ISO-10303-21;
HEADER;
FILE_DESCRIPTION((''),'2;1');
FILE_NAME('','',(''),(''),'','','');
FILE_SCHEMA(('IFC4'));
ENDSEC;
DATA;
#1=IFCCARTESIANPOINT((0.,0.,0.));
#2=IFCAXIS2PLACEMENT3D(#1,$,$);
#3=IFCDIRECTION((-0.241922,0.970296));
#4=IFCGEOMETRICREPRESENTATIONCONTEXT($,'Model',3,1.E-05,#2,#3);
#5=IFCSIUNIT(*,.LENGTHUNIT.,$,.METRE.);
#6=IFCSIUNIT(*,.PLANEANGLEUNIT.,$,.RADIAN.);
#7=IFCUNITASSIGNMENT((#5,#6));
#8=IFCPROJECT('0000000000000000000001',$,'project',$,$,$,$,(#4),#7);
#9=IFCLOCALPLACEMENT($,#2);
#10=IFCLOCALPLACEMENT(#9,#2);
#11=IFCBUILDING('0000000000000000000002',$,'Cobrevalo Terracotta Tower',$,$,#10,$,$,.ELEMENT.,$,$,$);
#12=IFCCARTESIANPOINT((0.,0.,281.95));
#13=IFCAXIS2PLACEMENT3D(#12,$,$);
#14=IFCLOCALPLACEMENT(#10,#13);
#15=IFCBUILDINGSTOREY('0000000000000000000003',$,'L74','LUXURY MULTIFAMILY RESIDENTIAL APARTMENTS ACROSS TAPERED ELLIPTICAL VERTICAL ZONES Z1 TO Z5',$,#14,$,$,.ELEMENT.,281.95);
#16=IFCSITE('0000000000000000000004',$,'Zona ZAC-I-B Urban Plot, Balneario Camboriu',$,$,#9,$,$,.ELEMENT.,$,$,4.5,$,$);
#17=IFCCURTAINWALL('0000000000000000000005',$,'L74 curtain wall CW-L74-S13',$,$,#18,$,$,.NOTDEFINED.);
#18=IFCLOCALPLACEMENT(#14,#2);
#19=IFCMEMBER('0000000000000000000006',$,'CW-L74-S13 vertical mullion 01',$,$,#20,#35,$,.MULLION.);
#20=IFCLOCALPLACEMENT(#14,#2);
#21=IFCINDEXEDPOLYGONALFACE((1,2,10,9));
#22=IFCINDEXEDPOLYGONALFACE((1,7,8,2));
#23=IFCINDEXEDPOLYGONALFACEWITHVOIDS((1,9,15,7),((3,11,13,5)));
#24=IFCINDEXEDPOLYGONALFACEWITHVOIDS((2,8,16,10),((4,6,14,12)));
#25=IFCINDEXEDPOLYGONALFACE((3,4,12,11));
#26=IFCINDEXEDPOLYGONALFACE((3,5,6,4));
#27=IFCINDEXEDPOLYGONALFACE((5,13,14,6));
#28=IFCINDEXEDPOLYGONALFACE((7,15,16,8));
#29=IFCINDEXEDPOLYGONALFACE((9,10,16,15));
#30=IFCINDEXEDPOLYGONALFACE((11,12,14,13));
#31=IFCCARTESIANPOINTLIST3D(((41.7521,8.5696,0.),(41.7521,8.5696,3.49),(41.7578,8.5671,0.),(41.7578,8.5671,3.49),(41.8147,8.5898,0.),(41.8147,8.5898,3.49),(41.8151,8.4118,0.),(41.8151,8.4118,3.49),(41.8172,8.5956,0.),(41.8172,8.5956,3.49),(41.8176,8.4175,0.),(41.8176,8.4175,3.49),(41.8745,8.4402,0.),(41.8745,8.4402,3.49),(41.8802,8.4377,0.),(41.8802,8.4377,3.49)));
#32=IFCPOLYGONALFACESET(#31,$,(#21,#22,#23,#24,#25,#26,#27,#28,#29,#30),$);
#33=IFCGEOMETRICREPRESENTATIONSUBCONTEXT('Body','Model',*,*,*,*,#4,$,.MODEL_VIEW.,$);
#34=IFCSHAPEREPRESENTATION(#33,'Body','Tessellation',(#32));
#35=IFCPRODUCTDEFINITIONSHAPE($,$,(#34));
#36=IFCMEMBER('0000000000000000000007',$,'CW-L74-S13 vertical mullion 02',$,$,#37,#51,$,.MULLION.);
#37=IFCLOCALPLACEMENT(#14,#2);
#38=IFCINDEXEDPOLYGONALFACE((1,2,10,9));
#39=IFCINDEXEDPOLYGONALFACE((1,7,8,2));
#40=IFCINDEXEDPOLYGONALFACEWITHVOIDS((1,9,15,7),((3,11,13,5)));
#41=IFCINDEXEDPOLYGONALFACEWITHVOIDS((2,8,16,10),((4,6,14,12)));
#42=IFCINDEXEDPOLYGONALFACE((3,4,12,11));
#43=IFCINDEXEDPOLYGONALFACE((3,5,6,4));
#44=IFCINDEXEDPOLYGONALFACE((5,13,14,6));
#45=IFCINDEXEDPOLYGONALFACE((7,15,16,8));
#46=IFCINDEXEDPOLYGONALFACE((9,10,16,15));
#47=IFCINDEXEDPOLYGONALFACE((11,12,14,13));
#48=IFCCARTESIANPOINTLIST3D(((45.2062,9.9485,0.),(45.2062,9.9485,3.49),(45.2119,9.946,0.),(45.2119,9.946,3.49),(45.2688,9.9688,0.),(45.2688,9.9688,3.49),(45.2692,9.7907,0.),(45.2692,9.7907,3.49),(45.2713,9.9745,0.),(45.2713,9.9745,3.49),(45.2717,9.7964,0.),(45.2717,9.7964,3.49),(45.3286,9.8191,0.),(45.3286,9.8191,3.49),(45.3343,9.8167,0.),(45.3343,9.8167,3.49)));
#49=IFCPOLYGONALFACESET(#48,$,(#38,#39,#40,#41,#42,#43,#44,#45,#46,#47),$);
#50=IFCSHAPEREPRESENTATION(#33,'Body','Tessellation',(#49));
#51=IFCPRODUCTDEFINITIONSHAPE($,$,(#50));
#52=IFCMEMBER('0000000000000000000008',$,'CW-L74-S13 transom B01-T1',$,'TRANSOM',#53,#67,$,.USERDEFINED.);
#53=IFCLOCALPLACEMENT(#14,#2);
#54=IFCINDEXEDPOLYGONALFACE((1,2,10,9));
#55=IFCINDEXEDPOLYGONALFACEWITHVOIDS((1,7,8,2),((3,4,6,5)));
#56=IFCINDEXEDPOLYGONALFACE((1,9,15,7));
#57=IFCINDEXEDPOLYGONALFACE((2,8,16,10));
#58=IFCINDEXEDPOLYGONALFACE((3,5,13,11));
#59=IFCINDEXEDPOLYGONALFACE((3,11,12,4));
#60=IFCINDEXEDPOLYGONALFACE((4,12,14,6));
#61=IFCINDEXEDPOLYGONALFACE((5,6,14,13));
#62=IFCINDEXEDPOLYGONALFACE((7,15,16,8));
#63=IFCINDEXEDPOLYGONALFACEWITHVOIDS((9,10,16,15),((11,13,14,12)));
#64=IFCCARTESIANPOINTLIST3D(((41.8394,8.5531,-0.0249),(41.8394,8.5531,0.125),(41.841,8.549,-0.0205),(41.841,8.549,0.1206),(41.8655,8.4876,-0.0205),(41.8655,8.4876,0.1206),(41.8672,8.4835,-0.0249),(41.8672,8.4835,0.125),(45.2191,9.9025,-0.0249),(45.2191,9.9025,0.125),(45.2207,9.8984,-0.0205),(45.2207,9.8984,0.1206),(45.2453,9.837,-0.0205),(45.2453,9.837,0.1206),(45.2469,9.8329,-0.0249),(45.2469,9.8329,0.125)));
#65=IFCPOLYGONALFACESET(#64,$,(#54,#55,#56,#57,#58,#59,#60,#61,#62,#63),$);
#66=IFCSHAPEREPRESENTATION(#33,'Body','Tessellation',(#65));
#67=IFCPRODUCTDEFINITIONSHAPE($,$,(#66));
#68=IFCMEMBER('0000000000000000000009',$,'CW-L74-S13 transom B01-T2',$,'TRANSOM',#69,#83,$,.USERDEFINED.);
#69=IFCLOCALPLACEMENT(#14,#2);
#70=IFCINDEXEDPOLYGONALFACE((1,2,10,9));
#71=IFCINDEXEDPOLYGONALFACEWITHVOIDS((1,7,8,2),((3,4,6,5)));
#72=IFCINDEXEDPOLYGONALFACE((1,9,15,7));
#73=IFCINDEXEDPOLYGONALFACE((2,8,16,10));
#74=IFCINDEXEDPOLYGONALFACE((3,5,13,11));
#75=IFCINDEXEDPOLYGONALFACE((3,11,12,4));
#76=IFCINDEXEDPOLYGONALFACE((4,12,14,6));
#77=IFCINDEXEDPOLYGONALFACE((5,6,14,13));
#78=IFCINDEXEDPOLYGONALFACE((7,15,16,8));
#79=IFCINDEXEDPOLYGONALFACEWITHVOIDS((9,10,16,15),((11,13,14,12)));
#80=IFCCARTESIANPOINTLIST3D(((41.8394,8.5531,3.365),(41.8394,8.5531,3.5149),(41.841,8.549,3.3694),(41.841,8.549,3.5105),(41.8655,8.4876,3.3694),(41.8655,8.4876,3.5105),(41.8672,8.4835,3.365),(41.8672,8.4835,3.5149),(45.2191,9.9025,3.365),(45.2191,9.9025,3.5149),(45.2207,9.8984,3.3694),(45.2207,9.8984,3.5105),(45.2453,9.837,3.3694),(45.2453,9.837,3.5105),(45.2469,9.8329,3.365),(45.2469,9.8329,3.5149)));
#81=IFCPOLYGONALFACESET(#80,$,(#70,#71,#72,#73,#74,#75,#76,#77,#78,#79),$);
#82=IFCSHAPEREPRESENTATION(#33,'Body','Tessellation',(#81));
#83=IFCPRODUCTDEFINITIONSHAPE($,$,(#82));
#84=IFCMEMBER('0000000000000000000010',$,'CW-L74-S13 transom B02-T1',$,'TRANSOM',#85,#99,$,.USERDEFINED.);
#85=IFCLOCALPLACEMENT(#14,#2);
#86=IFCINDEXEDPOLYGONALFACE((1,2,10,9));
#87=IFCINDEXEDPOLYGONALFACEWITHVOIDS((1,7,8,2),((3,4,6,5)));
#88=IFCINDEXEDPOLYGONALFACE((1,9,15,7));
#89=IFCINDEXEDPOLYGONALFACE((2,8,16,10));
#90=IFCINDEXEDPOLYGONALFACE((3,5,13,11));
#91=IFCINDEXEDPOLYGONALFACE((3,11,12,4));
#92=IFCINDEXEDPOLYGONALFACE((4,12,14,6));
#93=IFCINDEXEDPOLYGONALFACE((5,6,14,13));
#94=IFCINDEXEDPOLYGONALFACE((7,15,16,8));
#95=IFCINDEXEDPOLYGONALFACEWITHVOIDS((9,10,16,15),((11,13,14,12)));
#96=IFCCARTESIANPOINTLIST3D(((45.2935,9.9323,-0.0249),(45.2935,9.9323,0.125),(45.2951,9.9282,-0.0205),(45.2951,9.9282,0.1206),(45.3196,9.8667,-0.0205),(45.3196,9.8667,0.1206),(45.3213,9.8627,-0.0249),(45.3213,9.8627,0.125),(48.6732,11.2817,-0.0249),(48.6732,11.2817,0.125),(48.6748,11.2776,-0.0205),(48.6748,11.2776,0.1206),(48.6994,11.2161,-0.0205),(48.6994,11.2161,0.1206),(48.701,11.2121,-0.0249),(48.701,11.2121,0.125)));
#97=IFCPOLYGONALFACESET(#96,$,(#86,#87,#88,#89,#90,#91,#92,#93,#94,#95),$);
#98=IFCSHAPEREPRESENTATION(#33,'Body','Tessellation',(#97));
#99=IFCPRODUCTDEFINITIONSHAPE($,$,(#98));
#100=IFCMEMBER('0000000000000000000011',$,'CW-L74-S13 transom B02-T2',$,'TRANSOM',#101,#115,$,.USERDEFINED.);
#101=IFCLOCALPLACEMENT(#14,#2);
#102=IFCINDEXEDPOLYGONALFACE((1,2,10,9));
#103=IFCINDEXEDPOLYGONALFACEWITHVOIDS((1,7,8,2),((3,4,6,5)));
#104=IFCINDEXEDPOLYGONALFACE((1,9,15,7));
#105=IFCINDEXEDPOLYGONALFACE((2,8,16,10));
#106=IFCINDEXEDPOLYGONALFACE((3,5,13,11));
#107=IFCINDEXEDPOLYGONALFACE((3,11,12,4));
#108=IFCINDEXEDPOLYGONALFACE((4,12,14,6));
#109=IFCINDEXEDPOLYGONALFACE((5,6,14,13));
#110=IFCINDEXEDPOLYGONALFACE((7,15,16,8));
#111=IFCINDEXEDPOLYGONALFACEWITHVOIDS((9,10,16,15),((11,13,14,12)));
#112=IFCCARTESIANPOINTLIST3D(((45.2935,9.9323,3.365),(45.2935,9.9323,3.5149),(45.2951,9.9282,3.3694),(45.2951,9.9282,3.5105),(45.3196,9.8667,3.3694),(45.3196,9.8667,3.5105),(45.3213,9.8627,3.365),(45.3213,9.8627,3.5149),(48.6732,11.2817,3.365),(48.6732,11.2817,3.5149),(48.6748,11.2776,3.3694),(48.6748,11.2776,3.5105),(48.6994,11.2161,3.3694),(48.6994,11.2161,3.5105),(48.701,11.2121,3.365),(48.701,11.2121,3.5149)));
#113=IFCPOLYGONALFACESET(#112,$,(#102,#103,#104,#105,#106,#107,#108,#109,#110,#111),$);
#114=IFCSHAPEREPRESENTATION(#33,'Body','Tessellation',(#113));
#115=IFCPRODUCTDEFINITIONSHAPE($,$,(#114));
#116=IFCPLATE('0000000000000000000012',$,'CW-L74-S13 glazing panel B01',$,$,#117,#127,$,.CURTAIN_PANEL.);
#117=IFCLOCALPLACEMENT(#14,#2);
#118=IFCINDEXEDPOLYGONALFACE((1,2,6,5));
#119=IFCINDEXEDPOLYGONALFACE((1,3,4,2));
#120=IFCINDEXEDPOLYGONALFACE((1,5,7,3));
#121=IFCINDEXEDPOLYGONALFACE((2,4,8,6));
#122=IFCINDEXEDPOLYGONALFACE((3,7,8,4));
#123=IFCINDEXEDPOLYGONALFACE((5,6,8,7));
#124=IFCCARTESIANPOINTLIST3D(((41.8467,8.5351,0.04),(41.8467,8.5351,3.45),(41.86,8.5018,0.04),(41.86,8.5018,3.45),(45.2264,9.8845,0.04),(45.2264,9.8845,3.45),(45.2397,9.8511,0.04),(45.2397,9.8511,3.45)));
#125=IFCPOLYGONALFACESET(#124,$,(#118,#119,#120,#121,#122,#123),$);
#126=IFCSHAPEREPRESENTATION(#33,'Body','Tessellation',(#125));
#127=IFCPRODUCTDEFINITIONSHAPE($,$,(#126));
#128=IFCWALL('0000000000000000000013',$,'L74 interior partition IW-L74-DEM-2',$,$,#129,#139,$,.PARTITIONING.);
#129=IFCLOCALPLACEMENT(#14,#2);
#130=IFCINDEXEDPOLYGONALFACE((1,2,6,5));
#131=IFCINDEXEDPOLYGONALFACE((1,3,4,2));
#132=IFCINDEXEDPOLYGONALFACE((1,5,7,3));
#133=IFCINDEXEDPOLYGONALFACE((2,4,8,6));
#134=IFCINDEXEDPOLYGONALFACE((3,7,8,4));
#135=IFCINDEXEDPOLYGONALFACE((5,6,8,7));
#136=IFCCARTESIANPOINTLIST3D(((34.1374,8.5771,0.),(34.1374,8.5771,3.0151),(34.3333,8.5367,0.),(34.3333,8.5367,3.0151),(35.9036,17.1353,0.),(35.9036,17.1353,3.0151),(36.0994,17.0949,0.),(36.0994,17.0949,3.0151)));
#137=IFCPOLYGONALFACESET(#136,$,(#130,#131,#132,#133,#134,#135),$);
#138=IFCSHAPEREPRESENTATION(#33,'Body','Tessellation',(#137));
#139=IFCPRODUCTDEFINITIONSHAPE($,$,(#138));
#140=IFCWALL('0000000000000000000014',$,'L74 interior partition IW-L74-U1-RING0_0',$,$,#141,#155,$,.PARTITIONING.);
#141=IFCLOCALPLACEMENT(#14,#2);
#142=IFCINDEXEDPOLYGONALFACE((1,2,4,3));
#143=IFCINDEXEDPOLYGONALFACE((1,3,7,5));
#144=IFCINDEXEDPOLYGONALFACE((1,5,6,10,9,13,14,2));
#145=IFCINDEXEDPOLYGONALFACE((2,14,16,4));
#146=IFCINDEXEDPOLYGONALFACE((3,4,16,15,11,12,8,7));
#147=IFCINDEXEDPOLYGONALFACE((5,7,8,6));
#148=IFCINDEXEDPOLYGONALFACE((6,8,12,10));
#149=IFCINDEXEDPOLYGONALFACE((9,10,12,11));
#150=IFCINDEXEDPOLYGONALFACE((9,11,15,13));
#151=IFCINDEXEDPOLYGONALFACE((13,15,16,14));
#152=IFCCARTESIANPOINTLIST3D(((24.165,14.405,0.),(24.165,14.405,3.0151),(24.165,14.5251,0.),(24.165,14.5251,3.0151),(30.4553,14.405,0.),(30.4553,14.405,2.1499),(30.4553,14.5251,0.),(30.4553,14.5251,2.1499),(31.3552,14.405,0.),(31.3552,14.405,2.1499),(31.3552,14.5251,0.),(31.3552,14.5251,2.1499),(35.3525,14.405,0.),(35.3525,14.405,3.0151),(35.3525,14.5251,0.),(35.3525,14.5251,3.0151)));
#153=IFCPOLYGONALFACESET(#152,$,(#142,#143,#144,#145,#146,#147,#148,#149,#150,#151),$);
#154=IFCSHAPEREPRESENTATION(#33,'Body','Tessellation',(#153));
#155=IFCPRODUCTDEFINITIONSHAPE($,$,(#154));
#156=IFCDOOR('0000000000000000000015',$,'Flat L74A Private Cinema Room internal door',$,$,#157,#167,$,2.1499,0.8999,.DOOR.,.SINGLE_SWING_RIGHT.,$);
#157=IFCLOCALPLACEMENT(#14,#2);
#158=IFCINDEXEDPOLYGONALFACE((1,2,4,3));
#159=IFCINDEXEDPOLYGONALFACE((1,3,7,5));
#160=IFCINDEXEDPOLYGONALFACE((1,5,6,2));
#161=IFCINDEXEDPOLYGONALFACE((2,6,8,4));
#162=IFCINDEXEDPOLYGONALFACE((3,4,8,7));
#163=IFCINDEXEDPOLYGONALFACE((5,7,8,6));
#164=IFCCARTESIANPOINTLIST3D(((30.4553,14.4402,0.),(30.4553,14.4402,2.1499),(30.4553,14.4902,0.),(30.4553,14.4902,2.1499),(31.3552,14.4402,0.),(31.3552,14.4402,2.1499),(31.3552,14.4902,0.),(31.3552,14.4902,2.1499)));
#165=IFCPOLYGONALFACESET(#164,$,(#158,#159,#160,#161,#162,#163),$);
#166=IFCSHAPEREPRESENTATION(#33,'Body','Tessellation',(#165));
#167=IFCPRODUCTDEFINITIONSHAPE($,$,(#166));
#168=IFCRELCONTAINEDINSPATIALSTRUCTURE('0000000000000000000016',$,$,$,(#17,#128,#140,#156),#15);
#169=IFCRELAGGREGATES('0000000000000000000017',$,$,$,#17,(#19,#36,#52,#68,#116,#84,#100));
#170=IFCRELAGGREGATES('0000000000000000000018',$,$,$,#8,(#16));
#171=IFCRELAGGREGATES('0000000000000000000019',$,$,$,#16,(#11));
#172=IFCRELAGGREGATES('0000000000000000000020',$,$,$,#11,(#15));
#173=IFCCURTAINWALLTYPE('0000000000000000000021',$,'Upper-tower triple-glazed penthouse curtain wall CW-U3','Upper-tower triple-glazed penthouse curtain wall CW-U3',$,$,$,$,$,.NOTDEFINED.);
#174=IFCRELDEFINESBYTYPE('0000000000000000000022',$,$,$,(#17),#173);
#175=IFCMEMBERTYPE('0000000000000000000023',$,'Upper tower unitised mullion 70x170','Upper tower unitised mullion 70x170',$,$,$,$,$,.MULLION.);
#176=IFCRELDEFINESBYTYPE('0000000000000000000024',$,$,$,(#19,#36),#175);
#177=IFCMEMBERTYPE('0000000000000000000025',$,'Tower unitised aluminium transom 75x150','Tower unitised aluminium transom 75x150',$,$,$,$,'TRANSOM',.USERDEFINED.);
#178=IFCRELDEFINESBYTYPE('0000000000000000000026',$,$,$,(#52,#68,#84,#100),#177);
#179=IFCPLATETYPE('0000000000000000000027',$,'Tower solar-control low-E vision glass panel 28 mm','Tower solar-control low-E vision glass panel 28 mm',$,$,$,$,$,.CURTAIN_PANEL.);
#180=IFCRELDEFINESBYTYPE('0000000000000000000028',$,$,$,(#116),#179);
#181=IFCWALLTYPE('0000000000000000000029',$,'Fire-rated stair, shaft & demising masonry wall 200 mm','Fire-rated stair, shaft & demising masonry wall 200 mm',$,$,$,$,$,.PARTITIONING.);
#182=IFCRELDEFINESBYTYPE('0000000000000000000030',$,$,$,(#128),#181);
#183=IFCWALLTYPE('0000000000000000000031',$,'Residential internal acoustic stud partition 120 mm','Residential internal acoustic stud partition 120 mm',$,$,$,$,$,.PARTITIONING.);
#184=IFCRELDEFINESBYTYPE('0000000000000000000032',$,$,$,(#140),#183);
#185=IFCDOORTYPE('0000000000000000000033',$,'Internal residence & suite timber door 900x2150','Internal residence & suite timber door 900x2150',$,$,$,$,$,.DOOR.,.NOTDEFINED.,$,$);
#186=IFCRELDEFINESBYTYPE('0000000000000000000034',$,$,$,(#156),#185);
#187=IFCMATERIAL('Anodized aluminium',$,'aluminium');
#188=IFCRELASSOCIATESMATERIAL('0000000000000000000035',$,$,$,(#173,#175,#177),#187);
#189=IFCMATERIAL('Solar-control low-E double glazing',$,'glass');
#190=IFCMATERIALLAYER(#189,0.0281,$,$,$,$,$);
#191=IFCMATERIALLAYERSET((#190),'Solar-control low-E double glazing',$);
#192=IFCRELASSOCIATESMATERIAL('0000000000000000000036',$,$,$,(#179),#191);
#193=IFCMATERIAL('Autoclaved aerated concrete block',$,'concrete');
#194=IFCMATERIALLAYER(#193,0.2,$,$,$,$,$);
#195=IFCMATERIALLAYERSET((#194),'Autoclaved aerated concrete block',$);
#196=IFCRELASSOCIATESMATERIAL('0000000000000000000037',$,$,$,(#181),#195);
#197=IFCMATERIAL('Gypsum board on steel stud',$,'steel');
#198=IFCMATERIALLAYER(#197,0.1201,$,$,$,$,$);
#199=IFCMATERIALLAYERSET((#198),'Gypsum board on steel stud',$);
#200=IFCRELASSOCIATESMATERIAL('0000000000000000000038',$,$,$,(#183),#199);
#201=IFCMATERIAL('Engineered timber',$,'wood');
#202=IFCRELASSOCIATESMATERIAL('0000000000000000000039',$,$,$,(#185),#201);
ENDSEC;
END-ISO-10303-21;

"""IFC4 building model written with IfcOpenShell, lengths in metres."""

from ifc_helpers import new_model, si_unit, direction, frame, frame_2d, origin, origin_2d, place, context, subcontext, project, spatial, rectangle, hollow_rectangle, extrude, source, transform, mapped, material, layer, layer_set, material_profile, profile_set, type_object, element, fill, aggregate, save


model = new_model("IFC4")

# Units and contexts
model_context = context("Model", 3, precision=1e-05, world=origin(), true_north=direction((-0.241922, 0.970296)))
body_context = subcontext(model_context, "Body", "Model", "MODEL_VIEW")
ifc_project = project(units=[si_unit("LENGTHUNIT", "METRE"), si_unit("PLANEANGLEUNIT", "RADIAN")], contexts=[model_context])

# Site, building, storey
site_placement = place(None, origin())
site = spatial("IfcSite", under=ifc_project, at=site_placement, Name="Zona ZAC-I-B Urban Plot, Balneario Camboriu", CompositionType="ELEMENT", RefElevation=4.5)
building_placement = place(site_placement, origin())
building = spatial("IfcBuilding", under=site, at=building_placement, Name="Cobrevalo Terracotta Tower", CompositionType="ELEMENT")
storey_placement = place(building_placement, frame((0.0, 0.0, 281.95)))
storey = spatial("IfcBuildingStorey", under=building, at=storey_placement, Name="L74", Description="LUXURY MULTIFAMILY RESIDENTIAL APARTMENTS ACROSS TAPERED ELLIPTICAL VERTICAL ZONES Z1 TO Z5", CompositionType="ELEMENT", Elevation=281.95)

# Curtain wall, members, plate
ifc_material_1 = material(Name="Anodized aluminium", Category="aluminium")
curtain_wall_type = type_object("IfcCurtainWallType", Name="Upper-tower triple-glazed penthouse curtain wall CW-U3", Description="Upper-tower triple-glazed penthouse curtain wall CW-U3", PredefinedType="NOTDEFINED", material=ifc_material_1)
curtain_wall_placement = place(storey_placement, origin())
curtain_wall = element("IfcCurtainWall", 1, at=curtain_wall_placement, inside=storey, type_object=curtain_wall_type, Name="L74 curtain wall CW-L74-S13", PredefinedType="NOTDEFINED")
ifc_material_profile_1 = material_profile(ifc_material_1, hollow_rectangle(XDim=0.0701, YDim=0.1699, WallThickness=0.0044, at=origin_2d()), Name="CWM 70x170")
ifc_profile_set_1 = profile_set([ifc_material_profile_1], Name="Anodized aluminium")
member_type_1 = type_object("IfcMemberType", Name="Upper tower unitised mullion 70x170", Description="Upper tower unitised mullion 70x170", PredefinedType="MULLION", material=ifc_profile_set_1)
shared_shape_1 = source(origin(), body_context, "Body", "SweptSolid", [
    extrude(hollow_rectangle(XDim=0.0701, YDim=0.1699, WallThickness=0.0044, at=origin_2d()), origin(), (0.0, 0.0, 1.0), 3.49),
])
member_1_placement = place(storey_placement, frame((41.8162, 8.5037, 0.0), z_axis=(0.0, 0.0, 1.0), x_axis=(0.928719, 0.370784, 0.0)))
member_1 = element("IfcMember", 2, at=member_1_placement, type_object=member_type_1, Name="CW-L74-S13 vertical mullion 01", PredefinedType="MULLION", context=body_context, shape_type="MappedRepresentation", body=[
    mapped(shared_shape_1, transform((0.0, 0.0, 0.0), scale=1.0)),
])
member_2_placement = place(storey_placement, frame((45.2703, 9.8826, 0.0), z_axis=(0.0, 0.0, 1.0), x_axis=(0.928719, 0.370784, 0.0)))
member_2 = element("IfcMember", 3, at=member_2_placement, type_object=member_type_1, Name="CW-L74-S13 vertical mullion 02", PredefinedType="MULLION", context=body_context, shape_type="MappedRepresentation", body=[
    mapped(shared_shape_1, transform((0.0, 0.0, 0.0), scale=1.0)),
])
ifc_material_profile_2 = material_profile(ifc_material_1, hollow_rectangle(XDim=0.075, YDim=0.1499, WallThickness=0.0044, at=origin_2d()), Name="CWT 75x150")
ifc_profile_set_2 = profile_set([ifc_material_profile_2], Name="Anodized aluminium")
member_type_2 = type_object("IfcMemberType", Name="Tower unitised aluminium transom 75x150", Description="Tower unitised aluminium transom 75x150", ElementType="TRANSOM", PredefinedType="USERDEFINED", material=ifc_profile_set_2)
shared_shape_2 = source(origin(), body_context, "Body", "SweptSolid", [
    extrude(hollow_rectangle(XDim=0.075, YDim=0.1499, WallThickness=0.0044, at=origin_2d()), origin(), (0.0, 0.0, 1.0), 3.6392),
])
member_3_placement = place(storey_placement, frame((41.8533, 8.5183, 0.05), z_axis=(0.928712, 0.370801, 0.0), x_axis=(-0.370801, 0.928712, 0.0)))
member_3 = element("IfcMember", 4, at=member_3_placement, type_object=member_type_2, Name="CW-L74-S13 transom B01-T1", ObjectType="TRANSOM", PredefinedType="USERDEFINED", context=body_context, shape_type="MappedRepresentation", body=[
    mapped(shared_shape_2, transform((0.0, 0.0, 0.0), scale=1.0)),
])
member_4_placement = place(storey_placement, frame((41.8533, 8.5183, 3.4399), z_axis=(0.928712, 0.370801, 0.0), x_axis=(-0.370801, 0.928712, 0.0)))
member_4 = element("IfcMember", 5, at=member_4_placement, type_object=member_type_2, Name="CW-L74-S13 transom B01-T2", ObjectType="TRANSOM", PredefinedType="USERDEFINED", context=body_context, shape_type="MappedRepresentation", body=[
    mapped(shared_shape_2, transform((0.0, 0.0, 0.0), scale=1.0)),
])
member_5_placement = place(storey_placement, frame((45.3074, 9.8975, 0.05), z_axis=(0.928712, 0.370801, 0.0), x_axis=(-0.370801, 0.928712, 0.0)))
member_5 = element("IfcMember", 6, at=member_5_placement, type_object=member_type_2, Name="CW-L74-S13 transom B02-T1", ObjectType="TRANSOM", PredefinedType="USERDEFINED", context=body_context, shape_type="MappedRepresentation", body=[
    mapped(shared_shape_2, transform((0.0, 0.0, 0.0), scale=1.0)),
])
member_6_placement = place(storey_placement, frame((45.3074, 9.8975, 3.4399), z_axis=(0.928712, 0.370801, 0.0), x_axis=(-0.370801, 0.928712, 0.0)))
member_6 = element("IfcMember", 7, at=member_6_placement, type_object=member_type_2, Name="CW-L74-S13 transom B02-T2", ObjectType="TRANSOM", PredefinedType="USERDEFINED", context=body_context, shape_type="MappedRepresentation", body=[
    mapped(shared_shape_2, transform((0.0, 0.0, 0.0), scale=1.0)),
])
ifc_material_2 = material(Name="Solar-control low-E double glazing", Category="glass")
ifc_layer_1 = layer(ifc_material_2, 0.0281)
ifc_layer_set_1 = layer_set([ifc_layer_1], Name="Solar-control low-E double glazing")
plate_type = type_object("IfcPlateType", Name="Tower solar-control low-E vision glass panel 28 mm", Description="Tower solar-control low-E vision glass panel 28 mm", PredefinedType="CURTAIN_PANEL", material=ifc_layer_set_1)
shared_shape_3 = source(origin(), body_context, "Body", "SweptSolid", [
    extrude(rectangle(XDim=3.6392, YDim=0.0359, at=origin_2d()), origin(), (0.0, 0.0, 1.0), 3.4099),
])
plate_placement = place(storey_placement, frame((43.5432, 9.1931, 0.04), z_axis=(0.0, 0.0, 1.0), x_axis=(0.928718, 0.370786, 0.0)))
plate = element("IfcPlate", 8, at=plate_placement, type_object=plate_type, Name="CW-L74-S13 glazing panel B01", PredefinedType="CURTAIN_PANEL", context=body_context, shape_type="MappedRepresentation", body=[
    mapped(shared_shape_3, transform((0.0, 0.0, 0.0), scale=1.0)),
])
aggregate(curtain_wall, [member_1, member_2, member_3, member_4, plate, member_5, member_6])

# Wall
ifc_material_3 = material(Name="Autoclaved aerated concrete block", Category="concrete")
ifc_layer_2 = layer(ifc_material_3, 0.2)
ifc_layer_set_2 = layer_set([ifc_layer_2], Name="Autoclaved aerated concrete block")
wall_type_1 = type_object("IfcWallType", Name="Fire-rated stair, shaft & demising masonry wall 200 mm", Description="Fire-rated stair, shaft & demising masonry wall 200 mm", PredefinedType="PARTITIONING", material=ifc_layer_set_2)
wall_1_placement = place(storey_placement, frame((36.0015, 17.115, 0.0), z_axis=(0.0, 0.0, 1.0), x_axis=(-0.202109, -0.979363, 0.0)))
element("IfcWall", 9, at=wall_1_placement, inside=storey, type_object=wall_type_1, Name="L74 interior partition IW-L74-DEM-2", PredefinedType="PARTITIONING", context=body_context, shape_type="SweptSolid", body=[
    extrude(rectangle(XDim=8.7385, YDim=0.2, at=frame_2d((4.3691, 0.0))), origin(), (0.0, 0.0, 1.0), 3.0151),
])

# Wall, opening, door
ifc_material_4 = material(Name="Gypsum board on steel stud", Category="steel")
ifc_layer_3 = layer(ifc_material_4, 0.1201)
ifc_layer_set_3 = layer_set([ifc_layer_3], Name="Gypsum board on steel stud")
wall_type_2 = type_object("IfcWallType", Name="Residential internal acoustic stud partition 120 mm", Description="Residential internal acoustic stud partition 120 mm", PredefinedType="PARTITIONING", material=ifc_layer_set_3)
wall_2_placement = place(storey_placement, frame((35.3525, 14.4651, 0.0), z_axis=(0.0, 0.0, 1.0), x_axis=(-1.0, 0.0, 0.0)))
wall_2 = element("IfcWall", 10, at=wall_2_placement, inside=storey, type_object=wall_type_2, Name="L74 interior partition IW-L74-U1-RING0_0", PredefinedType="PARTITIONING", context=body_context, shape_type="SweptSolid", body=[
    extrude(rectangle(XDim=11.1875, YDim=0.1201, at=frame_2d((5.5938, 0.0))), origin(), (0.0, 0.0, 1.0), 3.0151),
])
opening_1_placement = place(wall_2_placement, frame((3.9973, 0.0, 0.0)))
opening_1 = element("IfcOpeningElement", 11, at=opening_1_placement, cuts=wall_2, PredefinedType="OPENING", context=body_context, shape_type="SweptSolid", body=[
    extrude(rectangle(XDim=0.8999, YDim=2.1499, at=frame_2d((0.45, 1.075))), frame((0.0, 0.0701, 0.0), z_axis=(0.0, -1.0, 0.0), x_axis=(1.0, 0.0, 0.0)), (0.0, 0.0, 1.0), 0.1401),
])
ifc_material_5 = material(Name="Engineered timber", Category="wood")
door_type_1 = type_object("IfcDoorType", Name="Internal residence & suite timber door 900x2150", Description="Internal residence & suite timber door 900x2150", OperationType="NOTDEFINED", PredefinedType="DOOR", material=ifc_material_5)
shared_shape_4 = source(origin(), body_context, "Body", "SweptSolid", [
    extrude(rectangle(XDim=0.8999, YDim=2.1499, at=frame_2d((0.45, 1.075))), frame((0.0, 0.0249, 0.0), z_axis=(0.0, -1.0, 0.0), x_axis=(1.0, 0.0, 0.0)), (0.0, 0.0, 1.0), 0.05),
])
door_1_placement = place(opening_1_placement, origin())
door_1 = element("IfcDoor", 12, at=door_1_placement, inside=storey, type_object=door_type_1, Name="Flat L74A Private Cinema Room internal door", OperationType="SINGLE_SWING_RIGHT", OverallHeight=2.1499, OverallWidth=0.8999, PredefinedType="DOOR", context=body_context, shape_type="MappedRepresentation", body=[
    mapped(shared_shape_4, transform((0.0, 0.0, 0.0), scale=1.0)),
])
fill(opening_1, door_1)

save(model, "model.ifc")
